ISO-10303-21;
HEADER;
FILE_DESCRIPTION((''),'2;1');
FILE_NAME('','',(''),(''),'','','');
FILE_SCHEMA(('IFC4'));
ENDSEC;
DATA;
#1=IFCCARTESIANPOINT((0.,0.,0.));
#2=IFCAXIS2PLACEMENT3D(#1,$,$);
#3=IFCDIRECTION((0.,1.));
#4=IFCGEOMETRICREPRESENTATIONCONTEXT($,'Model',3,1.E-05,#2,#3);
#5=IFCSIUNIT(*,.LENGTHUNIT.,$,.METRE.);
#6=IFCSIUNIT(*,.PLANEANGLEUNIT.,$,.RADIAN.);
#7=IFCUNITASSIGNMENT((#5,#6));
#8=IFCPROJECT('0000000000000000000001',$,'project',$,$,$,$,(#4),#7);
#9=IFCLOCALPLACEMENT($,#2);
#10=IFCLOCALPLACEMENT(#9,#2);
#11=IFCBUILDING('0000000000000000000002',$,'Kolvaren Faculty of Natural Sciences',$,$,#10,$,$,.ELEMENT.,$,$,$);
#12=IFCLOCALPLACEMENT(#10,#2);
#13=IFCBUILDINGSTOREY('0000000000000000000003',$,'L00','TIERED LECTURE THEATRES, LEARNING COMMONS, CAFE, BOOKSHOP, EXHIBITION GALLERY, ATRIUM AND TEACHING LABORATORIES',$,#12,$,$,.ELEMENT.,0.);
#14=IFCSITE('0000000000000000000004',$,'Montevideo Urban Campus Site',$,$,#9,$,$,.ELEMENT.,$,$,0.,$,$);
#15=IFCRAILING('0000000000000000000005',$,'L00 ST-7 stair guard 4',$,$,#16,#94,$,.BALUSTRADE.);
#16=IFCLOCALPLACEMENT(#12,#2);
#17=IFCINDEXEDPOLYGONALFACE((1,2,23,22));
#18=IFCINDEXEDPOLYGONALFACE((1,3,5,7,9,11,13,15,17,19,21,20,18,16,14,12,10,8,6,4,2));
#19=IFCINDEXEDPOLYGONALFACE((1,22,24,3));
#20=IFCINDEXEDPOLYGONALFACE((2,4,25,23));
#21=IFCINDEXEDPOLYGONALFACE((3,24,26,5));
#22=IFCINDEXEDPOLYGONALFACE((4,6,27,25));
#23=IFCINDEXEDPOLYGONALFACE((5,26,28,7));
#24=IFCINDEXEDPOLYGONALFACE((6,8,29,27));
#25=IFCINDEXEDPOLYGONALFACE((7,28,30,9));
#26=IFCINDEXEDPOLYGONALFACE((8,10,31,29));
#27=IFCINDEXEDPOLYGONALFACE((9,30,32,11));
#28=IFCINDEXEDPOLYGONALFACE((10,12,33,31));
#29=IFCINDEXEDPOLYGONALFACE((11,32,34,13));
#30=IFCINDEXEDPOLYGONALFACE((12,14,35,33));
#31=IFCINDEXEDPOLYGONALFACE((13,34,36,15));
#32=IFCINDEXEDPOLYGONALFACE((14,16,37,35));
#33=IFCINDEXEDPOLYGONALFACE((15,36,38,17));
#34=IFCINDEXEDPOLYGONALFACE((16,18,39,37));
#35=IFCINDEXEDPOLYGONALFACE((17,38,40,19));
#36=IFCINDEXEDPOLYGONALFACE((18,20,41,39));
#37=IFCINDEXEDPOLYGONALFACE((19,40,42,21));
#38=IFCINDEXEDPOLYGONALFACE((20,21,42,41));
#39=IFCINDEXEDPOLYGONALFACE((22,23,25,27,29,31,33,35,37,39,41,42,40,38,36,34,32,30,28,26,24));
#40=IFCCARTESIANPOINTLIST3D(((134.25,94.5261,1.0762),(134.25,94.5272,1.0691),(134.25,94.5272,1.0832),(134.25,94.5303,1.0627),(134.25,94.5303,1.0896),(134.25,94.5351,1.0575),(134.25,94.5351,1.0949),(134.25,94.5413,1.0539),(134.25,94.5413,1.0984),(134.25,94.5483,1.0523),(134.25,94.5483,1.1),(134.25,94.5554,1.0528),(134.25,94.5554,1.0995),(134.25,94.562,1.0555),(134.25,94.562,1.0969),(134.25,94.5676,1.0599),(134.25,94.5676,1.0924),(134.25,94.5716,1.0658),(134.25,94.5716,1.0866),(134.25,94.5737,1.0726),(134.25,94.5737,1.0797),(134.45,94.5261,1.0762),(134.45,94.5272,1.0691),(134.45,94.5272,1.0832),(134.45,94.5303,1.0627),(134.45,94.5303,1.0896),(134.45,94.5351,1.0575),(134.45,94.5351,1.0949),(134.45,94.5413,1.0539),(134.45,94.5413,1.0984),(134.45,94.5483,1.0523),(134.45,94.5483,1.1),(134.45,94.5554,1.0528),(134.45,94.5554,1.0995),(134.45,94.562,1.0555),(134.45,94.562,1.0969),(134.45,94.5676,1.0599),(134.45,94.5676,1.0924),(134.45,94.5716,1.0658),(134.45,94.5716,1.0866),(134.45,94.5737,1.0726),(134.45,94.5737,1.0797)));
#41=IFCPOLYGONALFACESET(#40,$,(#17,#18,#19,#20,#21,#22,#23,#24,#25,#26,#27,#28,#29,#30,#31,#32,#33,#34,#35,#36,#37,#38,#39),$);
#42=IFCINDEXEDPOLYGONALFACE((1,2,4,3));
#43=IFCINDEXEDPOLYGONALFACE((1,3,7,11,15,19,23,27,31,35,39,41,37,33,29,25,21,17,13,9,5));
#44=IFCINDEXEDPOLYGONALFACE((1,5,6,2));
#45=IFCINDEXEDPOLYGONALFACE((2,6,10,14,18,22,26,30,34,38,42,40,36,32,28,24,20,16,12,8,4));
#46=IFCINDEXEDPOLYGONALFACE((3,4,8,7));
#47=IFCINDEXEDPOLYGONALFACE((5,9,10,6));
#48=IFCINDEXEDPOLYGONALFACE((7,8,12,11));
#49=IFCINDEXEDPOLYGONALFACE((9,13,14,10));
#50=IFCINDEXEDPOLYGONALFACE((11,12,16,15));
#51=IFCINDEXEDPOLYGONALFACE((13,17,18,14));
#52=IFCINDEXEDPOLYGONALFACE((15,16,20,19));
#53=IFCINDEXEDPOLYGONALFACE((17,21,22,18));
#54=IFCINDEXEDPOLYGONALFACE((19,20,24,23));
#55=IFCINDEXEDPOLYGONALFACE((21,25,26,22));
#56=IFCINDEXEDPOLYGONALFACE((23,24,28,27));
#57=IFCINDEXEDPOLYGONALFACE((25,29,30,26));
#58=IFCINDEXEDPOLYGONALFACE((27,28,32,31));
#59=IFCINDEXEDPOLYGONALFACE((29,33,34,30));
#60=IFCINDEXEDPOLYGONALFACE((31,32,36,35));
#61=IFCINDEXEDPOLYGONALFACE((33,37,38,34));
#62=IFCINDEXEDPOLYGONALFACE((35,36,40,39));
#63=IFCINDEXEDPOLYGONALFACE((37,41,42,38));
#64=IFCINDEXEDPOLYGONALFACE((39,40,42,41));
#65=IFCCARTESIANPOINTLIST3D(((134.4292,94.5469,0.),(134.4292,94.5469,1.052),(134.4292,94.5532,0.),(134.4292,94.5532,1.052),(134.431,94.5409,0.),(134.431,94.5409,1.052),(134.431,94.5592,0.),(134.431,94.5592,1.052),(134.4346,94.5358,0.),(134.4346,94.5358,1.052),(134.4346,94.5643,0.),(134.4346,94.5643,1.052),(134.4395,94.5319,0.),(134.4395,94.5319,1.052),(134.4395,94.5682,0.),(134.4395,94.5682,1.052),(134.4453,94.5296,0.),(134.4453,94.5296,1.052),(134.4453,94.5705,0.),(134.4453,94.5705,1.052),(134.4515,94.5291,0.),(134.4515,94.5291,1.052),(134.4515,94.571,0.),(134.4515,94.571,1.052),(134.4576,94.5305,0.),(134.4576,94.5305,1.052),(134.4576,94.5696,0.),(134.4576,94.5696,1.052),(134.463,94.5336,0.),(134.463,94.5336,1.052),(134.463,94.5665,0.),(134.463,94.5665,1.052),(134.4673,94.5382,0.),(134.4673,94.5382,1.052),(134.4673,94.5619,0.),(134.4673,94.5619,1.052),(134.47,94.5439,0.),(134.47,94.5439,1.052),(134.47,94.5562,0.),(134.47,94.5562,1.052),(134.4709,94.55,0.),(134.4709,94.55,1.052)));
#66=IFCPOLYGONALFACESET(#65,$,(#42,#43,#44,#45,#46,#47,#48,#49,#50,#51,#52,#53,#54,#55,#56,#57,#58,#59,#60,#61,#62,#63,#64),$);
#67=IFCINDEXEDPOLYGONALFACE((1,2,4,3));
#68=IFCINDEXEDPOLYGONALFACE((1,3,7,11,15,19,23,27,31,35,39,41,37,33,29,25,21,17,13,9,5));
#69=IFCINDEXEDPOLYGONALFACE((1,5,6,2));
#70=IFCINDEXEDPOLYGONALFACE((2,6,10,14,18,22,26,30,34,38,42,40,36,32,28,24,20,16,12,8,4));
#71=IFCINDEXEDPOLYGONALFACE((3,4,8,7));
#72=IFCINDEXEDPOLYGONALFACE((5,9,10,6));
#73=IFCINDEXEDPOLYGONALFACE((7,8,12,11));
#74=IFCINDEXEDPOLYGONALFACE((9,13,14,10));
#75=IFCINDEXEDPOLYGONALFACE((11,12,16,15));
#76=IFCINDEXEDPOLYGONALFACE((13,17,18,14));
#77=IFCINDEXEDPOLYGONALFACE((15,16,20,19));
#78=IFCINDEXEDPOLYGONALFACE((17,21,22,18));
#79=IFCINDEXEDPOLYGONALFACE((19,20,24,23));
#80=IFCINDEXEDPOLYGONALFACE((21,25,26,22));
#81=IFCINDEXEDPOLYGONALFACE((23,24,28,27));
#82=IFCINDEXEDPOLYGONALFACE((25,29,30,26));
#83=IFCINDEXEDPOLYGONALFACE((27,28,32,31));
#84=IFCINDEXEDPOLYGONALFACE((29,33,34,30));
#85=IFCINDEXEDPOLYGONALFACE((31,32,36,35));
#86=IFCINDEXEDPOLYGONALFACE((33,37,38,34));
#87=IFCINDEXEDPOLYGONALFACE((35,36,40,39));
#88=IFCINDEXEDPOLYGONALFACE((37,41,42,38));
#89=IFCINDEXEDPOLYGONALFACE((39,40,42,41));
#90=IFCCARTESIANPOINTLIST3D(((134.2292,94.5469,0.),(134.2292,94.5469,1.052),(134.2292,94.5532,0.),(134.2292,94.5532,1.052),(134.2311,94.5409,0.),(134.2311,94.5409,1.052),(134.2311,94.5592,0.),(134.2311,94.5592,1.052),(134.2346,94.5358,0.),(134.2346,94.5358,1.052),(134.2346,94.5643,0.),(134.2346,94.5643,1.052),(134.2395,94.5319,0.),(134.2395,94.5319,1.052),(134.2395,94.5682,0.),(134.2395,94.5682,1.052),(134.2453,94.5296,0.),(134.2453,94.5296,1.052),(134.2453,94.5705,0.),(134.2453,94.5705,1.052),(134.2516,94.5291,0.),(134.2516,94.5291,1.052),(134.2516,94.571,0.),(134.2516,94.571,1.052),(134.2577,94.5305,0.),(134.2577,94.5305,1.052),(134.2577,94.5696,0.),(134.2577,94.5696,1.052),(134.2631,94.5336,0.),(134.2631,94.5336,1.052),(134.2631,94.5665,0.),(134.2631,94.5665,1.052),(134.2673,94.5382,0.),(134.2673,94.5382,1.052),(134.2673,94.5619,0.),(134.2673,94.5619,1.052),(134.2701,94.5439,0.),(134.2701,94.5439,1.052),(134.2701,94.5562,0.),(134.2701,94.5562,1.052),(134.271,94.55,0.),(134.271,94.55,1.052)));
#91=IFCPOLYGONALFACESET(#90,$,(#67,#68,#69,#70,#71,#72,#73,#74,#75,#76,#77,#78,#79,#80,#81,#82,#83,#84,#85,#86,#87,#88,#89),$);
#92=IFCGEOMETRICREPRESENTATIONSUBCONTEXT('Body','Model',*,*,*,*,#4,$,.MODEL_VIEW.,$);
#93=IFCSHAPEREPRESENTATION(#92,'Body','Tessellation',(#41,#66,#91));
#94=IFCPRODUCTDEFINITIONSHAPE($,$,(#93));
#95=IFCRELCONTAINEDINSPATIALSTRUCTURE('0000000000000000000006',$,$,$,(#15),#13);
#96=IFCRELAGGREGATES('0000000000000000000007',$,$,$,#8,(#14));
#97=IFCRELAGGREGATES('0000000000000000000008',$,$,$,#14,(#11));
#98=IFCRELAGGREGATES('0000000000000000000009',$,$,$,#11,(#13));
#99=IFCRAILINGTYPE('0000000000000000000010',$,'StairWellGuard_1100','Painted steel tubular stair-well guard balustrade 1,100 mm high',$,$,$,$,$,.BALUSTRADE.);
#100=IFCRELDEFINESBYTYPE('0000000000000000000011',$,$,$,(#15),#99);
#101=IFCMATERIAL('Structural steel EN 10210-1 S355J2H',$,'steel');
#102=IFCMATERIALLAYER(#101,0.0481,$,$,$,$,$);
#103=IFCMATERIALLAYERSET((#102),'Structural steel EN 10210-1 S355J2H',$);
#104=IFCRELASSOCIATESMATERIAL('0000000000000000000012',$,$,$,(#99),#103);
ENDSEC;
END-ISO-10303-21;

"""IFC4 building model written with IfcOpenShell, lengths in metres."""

from ifc_helpers import new_model, si_unit, direction, frame, origin, origin_2d, place, context, subcontext, project, spatial, circle, extrude, material, layer, layer_set, type_object, element, save


model = new_model("IFC4")

# Units and contexts
model_context = context("Model", 3, precision=1e-05, world=origin(), true_north=direction((0.0, 1.0)))
body_context = subcontext(model_context, "Body", "Model", "MODEL_VIEW")
ifc_project = project(units=[si_unit("LENGTHUNIT", "METRE"), si_unit("PLANEANGLEUNIT", "RADIAN")], contexts=[model_context])

# Site, building, storey
site_placement = place(None, origin())
site = spatial("IfcSite", under=ifc_project, at=site_placement, Name="Montevideo Urban Campus Site", CompositionType="ELEMENT", RefElevation=0.0)
building_placement = place(site_placement, origin())
building = spatial("IfcBuilding", under=site, at=building_placement, Name="Kolvaren Faculty of Natural Sciences", CompositionType="ELEMENT")
storey_placement = place(building_placement, origin())
storey = spatial("IfcBuildingStorey", under=building, at=storey_placement, Name="L00", Description="TIERED LECTURE THEATRES, LEARNING COMMONS, CAFE, BOOKSHOP, EXHIBITION GALLERY, ATRIUM AND TEACHING LABORATORIES", CompositionType="ELEMENT", Elevation=0.0)

# Railing
ifc_material_1 = material(Name="Structural steel EN 10210-1 S355J2H", Category="steel")
ifc_layer_1 = layer(ifc_material_1, 0.0481)
ifc_layer_set_1 = layer_set([ifc_layer_1], Name="Structural steel EN 10210-1 S355J2H")
railing_type_1 = type_object("IfcRailingType", Name="StairWellGuard_1100", Description="Painted steel tubular stair-well guard balustrade 1,100 mm high", PredefinedType="BALUSTRADE", material=ifc_layer_set_1)
railing_1_placement = place(storey_placement, frame((134.45, 94.55, 0.0)))
element("IfcRailing", 1, at=railing_1_placement, inside=storey, type_object=railing_type_1, Name="L00 ST-7 stair guard 4", PredefinedType="BALUSTRADE", context=body_context, shape_type="SweptSolid", body=[
    extrude(circle(Radius=0.0239, at=origin_2d()), frame((0.0, 0.0, 1.0762), z_axis=(-1.0, 0.0, 0.0), x_axis=(0.0, -1.0, 0.0)), (0.0, 0.0, 1.0), 0.2),
    extrude(circle(Radius=0.021, at=origin_2d()), origin(), (0.0, 0.0, 1.0), 1.052),
    extrude(circle(Radius=0.021, at=origin_2d()), frame((-0.2, 0.0, 0.0)), (0.0, 0.0, 1.0), 1.052),
])

save(model, "model.ifc")
